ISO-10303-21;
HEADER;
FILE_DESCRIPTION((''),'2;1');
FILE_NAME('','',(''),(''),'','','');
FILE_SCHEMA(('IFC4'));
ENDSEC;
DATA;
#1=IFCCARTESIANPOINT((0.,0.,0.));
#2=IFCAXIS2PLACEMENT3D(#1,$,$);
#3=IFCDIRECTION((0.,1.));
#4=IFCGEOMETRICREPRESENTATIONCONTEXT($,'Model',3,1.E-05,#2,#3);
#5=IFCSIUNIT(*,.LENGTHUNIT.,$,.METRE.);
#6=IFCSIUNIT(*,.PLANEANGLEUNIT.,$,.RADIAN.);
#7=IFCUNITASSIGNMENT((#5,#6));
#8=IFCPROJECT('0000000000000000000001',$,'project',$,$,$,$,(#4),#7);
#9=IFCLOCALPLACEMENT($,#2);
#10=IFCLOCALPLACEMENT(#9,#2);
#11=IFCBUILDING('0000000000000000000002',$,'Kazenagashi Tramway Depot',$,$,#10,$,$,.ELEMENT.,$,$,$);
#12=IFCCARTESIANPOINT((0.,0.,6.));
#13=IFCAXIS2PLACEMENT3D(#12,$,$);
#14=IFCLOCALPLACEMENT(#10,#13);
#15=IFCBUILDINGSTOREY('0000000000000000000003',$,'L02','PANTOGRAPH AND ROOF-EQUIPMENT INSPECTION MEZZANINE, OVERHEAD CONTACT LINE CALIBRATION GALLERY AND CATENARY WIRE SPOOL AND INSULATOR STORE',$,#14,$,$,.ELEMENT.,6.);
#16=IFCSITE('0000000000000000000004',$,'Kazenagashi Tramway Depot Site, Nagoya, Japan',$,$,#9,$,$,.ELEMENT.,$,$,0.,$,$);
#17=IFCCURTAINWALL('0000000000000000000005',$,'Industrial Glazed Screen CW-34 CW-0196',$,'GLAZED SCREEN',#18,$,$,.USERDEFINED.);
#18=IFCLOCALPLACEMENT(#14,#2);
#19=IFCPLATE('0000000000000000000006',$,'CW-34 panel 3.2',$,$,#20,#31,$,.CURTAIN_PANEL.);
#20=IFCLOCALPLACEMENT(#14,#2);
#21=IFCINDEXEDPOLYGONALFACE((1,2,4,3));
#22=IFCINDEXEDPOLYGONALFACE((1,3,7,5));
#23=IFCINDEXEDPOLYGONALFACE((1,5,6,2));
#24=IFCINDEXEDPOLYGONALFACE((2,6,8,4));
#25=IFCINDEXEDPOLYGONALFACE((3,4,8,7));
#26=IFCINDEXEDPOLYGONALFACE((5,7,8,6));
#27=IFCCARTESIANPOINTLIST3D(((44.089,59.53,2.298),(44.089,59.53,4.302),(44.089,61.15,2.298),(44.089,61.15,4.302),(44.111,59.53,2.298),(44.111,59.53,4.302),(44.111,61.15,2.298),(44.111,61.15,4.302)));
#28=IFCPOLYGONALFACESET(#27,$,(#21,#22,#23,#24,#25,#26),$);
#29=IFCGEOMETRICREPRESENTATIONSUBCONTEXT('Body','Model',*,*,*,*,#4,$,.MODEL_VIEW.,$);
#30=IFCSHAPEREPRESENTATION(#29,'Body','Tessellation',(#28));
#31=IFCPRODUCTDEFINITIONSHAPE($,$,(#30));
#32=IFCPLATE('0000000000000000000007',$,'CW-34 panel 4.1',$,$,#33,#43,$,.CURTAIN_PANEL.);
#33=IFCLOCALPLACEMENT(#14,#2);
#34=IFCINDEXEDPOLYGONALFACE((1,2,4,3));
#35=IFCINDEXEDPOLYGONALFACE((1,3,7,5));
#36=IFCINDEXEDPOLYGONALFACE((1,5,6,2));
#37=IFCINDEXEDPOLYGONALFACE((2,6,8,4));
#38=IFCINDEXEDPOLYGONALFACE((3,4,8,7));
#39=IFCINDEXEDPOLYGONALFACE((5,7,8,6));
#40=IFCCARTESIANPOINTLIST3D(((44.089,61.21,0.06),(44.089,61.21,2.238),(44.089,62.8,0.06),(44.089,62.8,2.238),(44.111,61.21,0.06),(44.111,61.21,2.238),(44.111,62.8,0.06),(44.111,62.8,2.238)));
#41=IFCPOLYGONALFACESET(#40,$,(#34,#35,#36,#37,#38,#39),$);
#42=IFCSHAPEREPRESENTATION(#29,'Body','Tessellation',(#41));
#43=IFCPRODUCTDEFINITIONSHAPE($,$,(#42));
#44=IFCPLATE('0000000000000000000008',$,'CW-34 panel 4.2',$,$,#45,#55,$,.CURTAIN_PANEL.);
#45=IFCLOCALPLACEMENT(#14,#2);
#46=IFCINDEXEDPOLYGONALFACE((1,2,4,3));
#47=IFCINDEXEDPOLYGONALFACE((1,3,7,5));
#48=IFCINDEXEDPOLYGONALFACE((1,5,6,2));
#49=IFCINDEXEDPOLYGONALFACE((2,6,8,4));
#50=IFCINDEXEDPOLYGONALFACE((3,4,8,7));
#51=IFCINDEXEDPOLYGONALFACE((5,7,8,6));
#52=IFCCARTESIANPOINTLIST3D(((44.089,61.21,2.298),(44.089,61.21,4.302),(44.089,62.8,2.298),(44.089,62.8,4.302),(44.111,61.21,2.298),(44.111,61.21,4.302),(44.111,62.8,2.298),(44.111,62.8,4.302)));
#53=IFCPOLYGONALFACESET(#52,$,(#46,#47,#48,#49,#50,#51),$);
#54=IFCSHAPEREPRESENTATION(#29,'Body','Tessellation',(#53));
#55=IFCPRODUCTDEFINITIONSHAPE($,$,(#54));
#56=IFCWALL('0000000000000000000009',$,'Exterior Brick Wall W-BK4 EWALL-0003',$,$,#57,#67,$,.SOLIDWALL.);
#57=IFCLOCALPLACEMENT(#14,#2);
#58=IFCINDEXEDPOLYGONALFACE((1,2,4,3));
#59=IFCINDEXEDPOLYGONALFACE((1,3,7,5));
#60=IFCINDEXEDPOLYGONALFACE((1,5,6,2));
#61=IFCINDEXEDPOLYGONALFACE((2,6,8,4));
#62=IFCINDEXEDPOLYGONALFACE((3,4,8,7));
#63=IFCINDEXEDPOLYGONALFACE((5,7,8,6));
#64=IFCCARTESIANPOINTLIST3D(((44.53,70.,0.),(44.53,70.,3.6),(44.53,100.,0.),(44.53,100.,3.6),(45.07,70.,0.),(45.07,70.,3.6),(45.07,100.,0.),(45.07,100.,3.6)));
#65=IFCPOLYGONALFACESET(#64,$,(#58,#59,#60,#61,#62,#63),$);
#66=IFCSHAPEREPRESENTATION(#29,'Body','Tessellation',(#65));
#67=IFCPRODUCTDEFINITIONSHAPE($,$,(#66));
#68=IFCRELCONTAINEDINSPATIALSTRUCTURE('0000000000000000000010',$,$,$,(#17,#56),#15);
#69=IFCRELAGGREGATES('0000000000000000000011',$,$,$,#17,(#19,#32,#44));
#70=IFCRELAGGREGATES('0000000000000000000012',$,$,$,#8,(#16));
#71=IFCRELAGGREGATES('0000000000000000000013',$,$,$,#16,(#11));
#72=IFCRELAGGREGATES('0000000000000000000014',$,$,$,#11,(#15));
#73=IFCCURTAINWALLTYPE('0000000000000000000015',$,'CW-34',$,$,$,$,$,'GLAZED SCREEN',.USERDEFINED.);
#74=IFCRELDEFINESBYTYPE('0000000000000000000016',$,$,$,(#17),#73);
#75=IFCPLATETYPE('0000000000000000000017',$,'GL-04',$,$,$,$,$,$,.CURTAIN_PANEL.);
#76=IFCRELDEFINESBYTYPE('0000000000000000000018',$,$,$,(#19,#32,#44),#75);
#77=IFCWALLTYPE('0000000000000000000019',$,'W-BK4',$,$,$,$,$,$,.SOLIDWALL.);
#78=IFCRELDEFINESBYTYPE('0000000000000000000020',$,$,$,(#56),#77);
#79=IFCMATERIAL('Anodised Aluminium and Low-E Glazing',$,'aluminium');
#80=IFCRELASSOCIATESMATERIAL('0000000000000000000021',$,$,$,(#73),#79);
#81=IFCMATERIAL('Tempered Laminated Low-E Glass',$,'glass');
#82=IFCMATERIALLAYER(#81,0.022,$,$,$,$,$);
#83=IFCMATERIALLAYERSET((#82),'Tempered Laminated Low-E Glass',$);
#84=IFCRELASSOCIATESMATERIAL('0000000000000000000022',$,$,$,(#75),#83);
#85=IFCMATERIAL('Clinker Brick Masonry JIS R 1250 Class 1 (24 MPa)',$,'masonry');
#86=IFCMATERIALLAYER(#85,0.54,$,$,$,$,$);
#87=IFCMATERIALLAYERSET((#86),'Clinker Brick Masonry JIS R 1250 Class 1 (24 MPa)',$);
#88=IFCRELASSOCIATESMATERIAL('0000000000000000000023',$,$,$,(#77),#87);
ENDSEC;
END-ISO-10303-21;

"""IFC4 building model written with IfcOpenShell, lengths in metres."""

from ifc_helpers import new_model, si_unit, direction, frame, frame_2d, origin, origin_2d, place, context, subcontext, project, spatial, rectangle, extrude, material, layer, layer_set, type_object, element, aggregate, save


model = new_model("IFC4")

# Units and contexts
model_context = context("Model", 3, precision=1e-05, world=origin(), true_north=direction((0.0, 1.0)))
body_context = subcontext(model_context, "Body", "Model", "MODEL_VIEW")
ifc_project = project(units=[si_unit("LENGTHUNIT", "METRE"), si_unit("PLANEANGLEUNIT", "RADIAN")], contexts=[model_context])

# Site, building, storey
site_placement = place(None, origin())
site = spatial("IfcSite", under=ifc_project, at=site_placement, Name="Kazenagashi Tramway Depot Site, Nagoya, Japan", CompositionType="ELEMENT", RefElevation=0.0)
building_placement = place(site_placement, origin())
building = spatial("IfcBuilding", under=site, at=building_placement, Name="Kazenagashi Tramway Depot", CompositionType="ELEMENT")
storey_placement = place(building_placement, frame((0.0, 0.0, 6.0)))
storey = spatial("IfcBuildingStorey", under=building, at=storey_placement, Name="L02", Description="PANTOGRAPH AND ROOF-EQUIPMENT INSPECTION MEZZANINE, OVERHEAD CONTACT LINE CALIBRATION GALLERY AND CATENARY WIRE SPOOL AND INSULATOR STORE", CompositionType="ELEMENT", Elevation=6.0)

# Shared definitions
ifc_material_1 = material(Name="Anodised Aluminium and Low-E Glazing", Category="aluminium")

# Curtain wall
curtain_wall_type_1 = type_object("IfcCurtainWallType", Name="CW-34", ElementType="GLAZED SCREEN", PredefinedType="USERDEFINED", material=ifc_material_1)
curtain_wall_1_placement = place(storey_placement, origin())
curtain_wall_1 = element("IfcCurtainWall", 1, at=curtain_wall_1_placement, inside=storey, type_object=curtain_wall_type_1, Name="Industrial Glazed Screen CW-34 CW-0196", ObjectType="GLAZED SCREEN", PredefinedType="USERDEFINED")

# Plates
ifc_material_2 = material(Name="Tempered Laminated Low-E Glass", Category="glass")
ifc_layer_1 = layer(ifc_material_2, 0.022)
ifc_layer_set_1 = layer_set([ifc_layer_1], Name="Tempered Laminated Low-E Glass")
plate_type = type_object("IfcPlateType", Name="GL-04", PredefinedType="CURTAIN_PANEL", material=ifc_layer_set_1)
plate_1_placement = place(storey_placement, frame((44.1, 60.34, 2.298), z_axis=(0.0, 0.0, 1.0), x_axis=(0.0, 1.0, 0.0)))
plate_1 = element("IfcPlate", 2, at=plate_1_placement, type_object=plate_type, Name="CW-34 panel 3.2", PredefinedType="CURTAIN_PANEL", context=body_context, shape_type="SweptSolid", body=[
    extrude(rectangle(XDim=1.62, YDim=0.022, at=origin_2d()), origin(), (0.0, 0.0, 1.0), 2.004),
])
plate_2_placement = place(storey_placement, frame((44.1, 62.005, 0.06), z_axis=(0.0, 0.0, 1.0), x_axis=(0.0, 1.0, 0.0)))
plate_2 = element("IfcPlate", 3, at=plate_2_placement, type_object=plate_type, Name="CW-34 panel 4.1", PredefinedType="CURTAIN_PANEL", context=body_context, shape_type="SweptSolid", body=[
    extrude(rectangle(XDim=1.59, YDim=0.022, at=origin_2d()), origin(), (0.0, 0.0, 1.0), 2.178),
])
plate_3_placement = place(storey_placement, frame((44.1, 62.005, 2.298), z_axis=(0.0, 0.0, 1.0), x_axis=(0.0, 1.0, 0.0)))
plate_3 = element("IfcPlate", 4, at=plate_3_placement, type_object=plate_type, Name="CW-34 panel 4.2", PredefinedType="CURTAIN_PANEL", context=body_context, shape_type="SweptSolid", body=[
    extrude(rectangle(XDim=1.59, YDim=0.022, at=origin_2d()), origin(), (0.0, 0.0, 1.0), 2.004),
])
aggregate(curtain_wall_1, [plate_1, plate_2, plate_3])

# Wall
ifc_material_3 = material(Name="Clinker Brick Masonry JIS R 1250 Class 1 (24 MPa)", Category="masonry")
ifc_layer_2 = layer(ifc_material_3, 0.54)
ifc_layer_set_2 = layer_set([ifc_layer_2], Name="Clinker Brick Masonry JIS R 1250 Class 1 (24 MPa)")
wall_type = type_object("IfcWallType", Name="W-BK4", PredefinedType="SOLIDWALL", material=ifc_layer_set_2)
wall_placement = place(storey_placement, frame((44.8, 70.0, 0.0), z_axis=(0.0, 0.0, 1.0), x_axis=(0.0, 1.0, 0.0)))
element("IfcWall", 5, at=wall_placement, inside=storey, type_object=wall_type, Name="Exterior Brick Wall W-BK4 EWALL-0003", PredefinedType="SOLIDWALL", context=body_context, shape_type="SweptSolid", body=[
    extrude(rectangle(XDim=30.0, YDim=0.54, at=frame_2d((15.0, 0.0))), origin(), (0.0, 0.0, 1.0), 3.6),
])

save(model, "model.ifc")
